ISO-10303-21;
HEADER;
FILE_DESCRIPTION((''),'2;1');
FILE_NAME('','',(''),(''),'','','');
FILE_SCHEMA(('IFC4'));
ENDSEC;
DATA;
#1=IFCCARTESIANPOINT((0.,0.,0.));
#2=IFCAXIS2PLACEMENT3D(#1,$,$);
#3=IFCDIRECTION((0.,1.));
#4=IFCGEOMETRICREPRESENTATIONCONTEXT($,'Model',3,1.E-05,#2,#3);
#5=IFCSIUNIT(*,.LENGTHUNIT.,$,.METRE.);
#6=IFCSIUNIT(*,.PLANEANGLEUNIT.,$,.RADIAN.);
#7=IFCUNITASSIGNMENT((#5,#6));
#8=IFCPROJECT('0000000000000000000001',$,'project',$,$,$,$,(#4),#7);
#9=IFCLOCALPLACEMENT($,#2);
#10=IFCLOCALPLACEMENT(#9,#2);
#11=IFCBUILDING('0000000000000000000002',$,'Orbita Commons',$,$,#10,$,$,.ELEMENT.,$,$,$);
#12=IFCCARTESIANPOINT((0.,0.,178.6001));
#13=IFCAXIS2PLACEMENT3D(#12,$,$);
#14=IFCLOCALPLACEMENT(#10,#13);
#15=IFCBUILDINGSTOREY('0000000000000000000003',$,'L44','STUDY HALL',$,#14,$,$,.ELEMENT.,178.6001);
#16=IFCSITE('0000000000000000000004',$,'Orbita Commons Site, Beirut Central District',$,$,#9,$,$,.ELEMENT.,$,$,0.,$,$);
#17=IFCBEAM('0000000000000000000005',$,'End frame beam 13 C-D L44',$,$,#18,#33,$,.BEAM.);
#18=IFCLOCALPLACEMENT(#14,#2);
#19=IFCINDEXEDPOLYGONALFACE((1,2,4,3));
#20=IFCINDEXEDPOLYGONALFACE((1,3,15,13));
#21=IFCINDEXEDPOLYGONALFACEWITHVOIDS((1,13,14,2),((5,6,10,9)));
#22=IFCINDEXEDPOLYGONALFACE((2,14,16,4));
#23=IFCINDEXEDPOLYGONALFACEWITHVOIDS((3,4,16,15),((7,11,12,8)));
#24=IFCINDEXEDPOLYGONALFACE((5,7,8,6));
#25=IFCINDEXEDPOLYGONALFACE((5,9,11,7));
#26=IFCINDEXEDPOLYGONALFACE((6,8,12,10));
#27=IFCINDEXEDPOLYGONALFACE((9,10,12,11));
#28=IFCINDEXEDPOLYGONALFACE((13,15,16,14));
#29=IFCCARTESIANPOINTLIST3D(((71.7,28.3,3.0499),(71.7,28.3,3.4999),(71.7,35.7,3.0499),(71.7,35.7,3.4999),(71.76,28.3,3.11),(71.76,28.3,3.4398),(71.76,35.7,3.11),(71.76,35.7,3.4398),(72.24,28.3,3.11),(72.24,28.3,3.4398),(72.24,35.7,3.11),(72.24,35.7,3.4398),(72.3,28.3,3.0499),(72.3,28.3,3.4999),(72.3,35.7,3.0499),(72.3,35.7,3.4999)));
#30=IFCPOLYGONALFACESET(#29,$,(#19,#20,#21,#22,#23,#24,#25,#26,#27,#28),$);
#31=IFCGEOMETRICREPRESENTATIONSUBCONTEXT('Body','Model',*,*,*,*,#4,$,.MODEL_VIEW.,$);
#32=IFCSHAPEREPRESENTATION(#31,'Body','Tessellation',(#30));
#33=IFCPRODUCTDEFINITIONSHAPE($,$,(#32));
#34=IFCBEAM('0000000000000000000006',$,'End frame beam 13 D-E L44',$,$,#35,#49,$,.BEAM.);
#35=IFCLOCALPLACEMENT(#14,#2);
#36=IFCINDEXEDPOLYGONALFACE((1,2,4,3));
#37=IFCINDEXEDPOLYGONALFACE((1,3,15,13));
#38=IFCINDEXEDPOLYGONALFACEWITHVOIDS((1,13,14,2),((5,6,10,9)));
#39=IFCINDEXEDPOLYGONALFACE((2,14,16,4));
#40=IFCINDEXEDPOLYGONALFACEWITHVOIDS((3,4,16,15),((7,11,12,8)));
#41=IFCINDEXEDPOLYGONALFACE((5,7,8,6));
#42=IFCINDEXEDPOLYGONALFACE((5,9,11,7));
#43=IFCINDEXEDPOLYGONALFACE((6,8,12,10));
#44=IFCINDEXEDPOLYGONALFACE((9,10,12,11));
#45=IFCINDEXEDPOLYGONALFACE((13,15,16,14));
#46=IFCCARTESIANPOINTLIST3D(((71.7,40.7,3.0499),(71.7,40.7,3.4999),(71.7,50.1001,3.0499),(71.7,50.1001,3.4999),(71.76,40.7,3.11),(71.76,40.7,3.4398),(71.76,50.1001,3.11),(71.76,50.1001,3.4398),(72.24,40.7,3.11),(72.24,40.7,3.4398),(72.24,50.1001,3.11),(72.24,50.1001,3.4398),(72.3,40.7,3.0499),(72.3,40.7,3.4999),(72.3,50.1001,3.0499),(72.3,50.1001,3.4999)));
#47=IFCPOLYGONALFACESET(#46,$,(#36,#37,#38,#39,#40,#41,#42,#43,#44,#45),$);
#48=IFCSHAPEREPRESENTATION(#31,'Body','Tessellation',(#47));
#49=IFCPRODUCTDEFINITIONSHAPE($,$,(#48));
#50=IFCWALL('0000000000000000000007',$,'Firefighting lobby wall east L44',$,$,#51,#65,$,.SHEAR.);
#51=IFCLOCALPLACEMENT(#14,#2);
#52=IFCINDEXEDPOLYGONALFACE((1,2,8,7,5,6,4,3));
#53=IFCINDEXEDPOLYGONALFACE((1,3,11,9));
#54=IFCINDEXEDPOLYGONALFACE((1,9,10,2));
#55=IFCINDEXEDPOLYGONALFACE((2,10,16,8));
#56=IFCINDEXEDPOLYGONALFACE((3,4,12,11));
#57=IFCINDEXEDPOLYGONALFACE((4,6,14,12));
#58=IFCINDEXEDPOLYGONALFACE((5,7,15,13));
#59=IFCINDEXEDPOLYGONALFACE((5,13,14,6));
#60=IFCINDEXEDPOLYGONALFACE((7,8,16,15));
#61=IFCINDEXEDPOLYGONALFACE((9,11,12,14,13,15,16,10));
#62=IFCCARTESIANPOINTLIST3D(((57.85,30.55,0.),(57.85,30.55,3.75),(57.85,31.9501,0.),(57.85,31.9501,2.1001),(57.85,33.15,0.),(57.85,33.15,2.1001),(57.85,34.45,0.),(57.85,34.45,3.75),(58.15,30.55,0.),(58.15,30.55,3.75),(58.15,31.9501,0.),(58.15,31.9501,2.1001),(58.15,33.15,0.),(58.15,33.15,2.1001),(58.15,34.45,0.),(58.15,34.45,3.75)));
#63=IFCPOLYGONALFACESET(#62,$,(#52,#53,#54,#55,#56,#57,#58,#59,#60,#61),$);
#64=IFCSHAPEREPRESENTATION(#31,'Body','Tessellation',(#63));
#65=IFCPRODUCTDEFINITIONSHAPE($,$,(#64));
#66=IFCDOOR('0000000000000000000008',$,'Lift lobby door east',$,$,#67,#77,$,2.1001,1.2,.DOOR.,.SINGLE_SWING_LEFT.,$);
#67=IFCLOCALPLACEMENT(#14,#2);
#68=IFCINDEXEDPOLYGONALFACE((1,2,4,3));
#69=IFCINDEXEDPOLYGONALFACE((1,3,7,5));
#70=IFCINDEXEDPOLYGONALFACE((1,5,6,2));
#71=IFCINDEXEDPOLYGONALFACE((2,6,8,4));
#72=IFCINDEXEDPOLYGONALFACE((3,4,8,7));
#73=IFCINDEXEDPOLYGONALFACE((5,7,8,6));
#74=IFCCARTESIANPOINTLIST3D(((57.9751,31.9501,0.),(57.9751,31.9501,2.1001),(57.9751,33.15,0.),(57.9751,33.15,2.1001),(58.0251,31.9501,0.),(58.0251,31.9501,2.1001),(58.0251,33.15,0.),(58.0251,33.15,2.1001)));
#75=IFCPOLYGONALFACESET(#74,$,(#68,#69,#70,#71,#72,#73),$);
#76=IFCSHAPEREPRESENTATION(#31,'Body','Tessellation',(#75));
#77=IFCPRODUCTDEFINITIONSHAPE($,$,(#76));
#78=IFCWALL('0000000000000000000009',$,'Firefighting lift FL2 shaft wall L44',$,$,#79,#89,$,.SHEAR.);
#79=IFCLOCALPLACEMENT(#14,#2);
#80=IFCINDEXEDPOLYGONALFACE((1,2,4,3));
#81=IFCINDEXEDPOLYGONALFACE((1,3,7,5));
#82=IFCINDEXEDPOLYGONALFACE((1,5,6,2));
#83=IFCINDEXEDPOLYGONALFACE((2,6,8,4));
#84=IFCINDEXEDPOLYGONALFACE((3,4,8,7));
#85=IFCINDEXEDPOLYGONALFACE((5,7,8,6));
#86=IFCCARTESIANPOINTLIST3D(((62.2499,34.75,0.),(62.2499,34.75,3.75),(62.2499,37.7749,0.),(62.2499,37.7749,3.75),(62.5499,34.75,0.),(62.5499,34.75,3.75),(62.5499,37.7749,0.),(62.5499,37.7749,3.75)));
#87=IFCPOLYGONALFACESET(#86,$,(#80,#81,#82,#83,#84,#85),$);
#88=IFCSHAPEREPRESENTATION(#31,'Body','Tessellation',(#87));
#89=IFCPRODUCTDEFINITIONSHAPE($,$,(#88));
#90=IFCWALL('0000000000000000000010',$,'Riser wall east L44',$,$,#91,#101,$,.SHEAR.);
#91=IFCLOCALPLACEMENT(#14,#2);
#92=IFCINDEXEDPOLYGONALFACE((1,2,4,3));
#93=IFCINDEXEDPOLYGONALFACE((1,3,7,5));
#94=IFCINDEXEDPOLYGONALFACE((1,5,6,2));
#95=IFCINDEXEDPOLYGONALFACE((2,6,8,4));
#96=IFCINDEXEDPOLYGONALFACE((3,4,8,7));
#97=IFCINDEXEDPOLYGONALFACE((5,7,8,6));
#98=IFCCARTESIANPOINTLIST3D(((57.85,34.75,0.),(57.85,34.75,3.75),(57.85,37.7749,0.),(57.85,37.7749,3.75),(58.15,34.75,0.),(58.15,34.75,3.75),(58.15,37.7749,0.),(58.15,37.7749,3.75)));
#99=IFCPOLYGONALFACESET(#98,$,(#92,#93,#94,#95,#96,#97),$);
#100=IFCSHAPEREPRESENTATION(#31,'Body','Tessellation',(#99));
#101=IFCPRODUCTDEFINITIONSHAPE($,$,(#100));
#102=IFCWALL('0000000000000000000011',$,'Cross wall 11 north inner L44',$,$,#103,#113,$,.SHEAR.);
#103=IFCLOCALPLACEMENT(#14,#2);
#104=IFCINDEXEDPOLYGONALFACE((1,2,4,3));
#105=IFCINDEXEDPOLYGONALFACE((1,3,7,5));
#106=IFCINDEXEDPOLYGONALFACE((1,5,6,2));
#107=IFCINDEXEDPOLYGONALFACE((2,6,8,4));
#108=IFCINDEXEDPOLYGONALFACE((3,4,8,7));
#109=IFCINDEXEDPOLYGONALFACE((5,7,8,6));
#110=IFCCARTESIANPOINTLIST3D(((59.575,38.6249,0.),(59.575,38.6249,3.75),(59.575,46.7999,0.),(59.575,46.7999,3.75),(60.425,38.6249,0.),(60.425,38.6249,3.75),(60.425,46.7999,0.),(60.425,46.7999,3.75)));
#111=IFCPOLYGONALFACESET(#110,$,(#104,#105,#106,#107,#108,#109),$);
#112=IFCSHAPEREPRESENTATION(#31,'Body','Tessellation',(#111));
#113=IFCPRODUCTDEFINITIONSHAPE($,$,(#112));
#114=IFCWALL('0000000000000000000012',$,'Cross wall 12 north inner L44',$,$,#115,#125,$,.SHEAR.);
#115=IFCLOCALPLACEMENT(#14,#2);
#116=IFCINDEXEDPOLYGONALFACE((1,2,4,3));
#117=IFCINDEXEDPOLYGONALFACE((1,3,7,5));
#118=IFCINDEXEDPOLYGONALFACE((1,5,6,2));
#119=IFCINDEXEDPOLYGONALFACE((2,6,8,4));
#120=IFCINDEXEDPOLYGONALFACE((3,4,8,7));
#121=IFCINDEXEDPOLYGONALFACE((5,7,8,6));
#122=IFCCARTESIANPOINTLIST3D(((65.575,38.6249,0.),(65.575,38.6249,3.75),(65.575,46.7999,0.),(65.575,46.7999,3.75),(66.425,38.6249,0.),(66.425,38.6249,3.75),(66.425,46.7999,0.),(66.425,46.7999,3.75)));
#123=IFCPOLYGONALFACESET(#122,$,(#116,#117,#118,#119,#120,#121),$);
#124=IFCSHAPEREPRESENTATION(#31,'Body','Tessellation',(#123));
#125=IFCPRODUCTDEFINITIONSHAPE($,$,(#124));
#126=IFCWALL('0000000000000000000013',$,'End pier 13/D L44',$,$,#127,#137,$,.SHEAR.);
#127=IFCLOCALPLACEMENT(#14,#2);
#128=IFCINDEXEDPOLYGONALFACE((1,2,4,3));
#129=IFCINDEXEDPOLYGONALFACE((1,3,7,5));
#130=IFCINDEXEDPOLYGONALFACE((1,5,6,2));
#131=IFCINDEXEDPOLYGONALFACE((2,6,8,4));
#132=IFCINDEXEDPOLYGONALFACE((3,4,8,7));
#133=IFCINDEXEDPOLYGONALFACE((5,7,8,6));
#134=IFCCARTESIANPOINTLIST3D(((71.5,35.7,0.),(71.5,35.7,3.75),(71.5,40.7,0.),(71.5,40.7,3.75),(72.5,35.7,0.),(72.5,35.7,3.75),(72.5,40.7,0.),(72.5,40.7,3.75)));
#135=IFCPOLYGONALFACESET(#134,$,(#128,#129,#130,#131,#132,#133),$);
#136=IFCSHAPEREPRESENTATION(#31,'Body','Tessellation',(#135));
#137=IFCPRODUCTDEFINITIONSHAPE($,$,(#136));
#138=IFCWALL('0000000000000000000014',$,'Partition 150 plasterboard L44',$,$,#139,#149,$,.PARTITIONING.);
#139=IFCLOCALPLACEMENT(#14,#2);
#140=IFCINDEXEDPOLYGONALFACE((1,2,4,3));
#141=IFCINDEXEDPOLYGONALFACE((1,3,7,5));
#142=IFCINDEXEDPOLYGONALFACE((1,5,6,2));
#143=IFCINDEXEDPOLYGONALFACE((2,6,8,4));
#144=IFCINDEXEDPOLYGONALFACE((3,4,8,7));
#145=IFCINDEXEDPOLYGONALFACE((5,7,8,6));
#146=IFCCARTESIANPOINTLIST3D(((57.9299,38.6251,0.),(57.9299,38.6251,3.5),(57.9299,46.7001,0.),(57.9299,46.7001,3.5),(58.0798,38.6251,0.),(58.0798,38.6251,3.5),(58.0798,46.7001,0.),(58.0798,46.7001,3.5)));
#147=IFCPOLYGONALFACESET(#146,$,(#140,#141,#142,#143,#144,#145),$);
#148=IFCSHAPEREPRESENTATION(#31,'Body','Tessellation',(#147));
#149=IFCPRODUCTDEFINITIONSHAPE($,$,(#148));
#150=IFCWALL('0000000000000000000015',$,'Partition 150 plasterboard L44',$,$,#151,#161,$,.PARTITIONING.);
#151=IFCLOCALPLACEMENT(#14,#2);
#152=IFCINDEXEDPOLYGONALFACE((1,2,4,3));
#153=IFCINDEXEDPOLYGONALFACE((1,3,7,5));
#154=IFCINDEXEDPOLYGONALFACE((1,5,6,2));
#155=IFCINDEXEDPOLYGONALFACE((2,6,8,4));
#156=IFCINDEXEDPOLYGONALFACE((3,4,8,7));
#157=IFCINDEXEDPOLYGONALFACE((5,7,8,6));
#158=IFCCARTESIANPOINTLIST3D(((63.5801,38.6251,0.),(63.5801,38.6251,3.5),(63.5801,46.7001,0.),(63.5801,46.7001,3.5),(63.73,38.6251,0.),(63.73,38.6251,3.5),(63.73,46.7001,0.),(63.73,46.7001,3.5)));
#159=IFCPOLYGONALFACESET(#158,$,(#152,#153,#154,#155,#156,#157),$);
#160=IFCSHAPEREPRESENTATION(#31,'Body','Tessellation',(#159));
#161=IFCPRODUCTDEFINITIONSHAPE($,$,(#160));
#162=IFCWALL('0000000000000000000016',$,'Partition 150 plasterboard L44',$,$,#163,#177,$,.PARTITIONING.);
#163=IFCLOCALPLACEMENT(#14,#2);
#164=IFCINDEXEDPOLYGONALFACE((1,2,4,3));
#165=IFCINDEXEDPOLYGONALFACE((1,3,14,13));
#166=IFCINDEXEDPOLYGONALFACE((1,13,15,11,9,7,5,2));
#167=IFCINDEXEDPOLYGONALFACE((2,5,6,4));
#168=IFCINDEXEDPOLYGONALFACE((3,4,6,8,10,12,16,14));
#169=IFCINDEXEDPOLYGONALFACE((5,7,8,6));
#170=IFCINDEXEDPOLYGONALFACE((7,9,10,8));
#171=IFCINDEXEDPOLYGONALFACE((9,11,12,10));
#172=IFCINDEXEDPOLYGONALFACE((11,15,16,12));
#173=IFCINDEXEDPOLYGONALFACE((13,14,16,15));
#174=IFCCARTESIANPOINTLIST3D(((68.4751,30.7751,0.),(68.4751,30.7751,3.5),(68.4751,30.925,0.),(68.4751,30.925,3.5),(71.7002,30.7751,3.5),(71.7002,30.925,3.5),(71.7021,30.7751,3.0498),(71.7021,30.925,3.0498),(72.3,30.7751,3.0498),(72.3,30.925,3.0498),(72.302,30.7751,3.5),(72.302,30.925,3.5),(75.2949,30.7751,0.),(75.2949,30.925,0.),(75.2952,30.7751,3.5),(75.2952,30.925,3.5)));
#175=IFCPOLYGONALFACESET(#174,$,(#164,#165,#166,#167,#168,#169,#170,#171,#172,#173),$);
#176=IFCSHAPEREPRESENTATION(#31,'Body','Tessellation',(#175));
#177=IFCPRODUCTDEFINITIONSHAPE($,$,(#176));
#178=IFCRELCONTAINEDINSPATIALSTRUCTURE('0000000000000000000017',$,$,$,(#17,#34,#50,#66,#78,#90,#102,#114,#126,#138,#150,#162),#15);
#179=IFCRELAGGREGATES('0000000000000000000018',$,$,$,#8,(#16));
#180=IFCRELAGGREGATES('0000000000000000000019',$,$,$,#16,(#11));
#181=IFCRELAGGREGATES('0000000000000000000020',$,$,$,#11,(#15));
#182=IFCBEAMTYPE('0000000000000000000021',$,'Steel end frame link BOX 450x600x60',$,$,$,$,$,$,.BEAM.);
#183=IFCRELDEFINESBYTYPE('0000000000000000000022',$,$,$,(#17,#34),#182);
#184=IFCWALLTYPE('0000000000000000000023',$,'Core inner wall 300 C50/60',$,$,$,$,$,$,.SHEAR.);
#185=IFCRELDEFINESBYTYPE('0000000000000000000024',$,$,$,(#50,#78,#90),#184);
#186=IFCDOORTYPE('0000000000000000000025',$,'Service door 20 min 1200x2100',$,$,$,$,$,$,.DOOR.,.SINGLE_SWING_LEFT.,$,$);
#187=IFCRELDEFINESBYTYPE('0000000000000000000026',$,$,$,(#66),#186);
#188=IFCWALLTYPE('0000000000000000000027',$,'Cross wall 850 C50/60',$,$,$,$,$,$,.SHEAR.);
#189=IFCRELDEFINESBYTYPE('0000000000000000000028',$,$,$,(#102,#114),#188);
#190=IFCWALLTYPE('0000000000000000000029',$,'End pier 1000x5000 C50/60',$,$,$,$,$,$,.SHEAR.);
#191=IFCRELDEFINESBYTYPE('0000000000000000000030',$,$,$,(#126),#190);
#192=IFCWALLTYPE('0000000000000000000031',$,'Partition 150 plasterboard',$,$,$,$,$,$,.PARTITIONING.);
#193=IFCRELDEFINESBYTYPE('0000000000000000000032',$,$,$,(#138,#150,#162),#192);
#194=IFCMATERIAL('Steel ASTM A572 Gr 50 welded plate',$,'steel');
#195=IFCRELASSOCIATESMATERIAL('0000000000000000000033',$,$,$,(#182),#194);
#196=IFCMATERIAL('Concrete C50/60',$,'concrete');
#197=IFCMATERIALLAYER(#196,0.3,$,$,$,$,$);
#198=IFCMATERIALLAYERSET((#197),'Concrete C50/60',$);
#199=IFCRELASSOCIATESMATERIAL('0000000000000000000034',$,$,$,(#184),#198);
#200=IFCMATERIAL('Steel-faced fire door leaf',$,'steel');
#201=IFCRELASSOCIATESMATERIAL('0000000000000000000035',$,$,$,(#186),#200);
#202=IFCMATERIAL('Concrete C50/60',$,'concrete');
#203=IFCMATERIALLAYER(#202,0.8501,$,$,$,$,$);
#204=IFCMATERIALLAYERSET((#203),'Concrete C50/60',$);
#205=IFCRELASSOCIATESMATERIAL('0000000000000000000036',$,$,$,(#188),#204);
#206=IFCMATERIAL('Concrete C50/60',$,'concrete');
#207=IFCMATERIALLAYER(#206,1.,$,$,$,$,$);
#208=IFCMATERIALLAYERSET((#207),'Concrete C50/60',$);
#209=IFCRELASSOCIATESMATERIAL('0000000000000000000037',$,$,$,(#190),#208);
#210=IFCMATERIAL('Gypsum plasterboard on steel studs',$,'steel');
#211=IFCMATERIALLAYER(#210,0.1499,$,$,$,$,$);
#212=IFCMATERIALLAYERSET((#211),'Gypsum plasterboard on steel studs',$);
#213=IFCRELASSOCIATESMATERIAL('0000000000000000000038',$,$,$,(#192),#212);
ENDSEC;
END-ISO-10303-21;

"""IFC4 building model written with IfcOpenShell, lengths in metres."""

from ifc_helpers import new_model, si_unit, direction, frame, frame_2d, origin, origin_2d, place, context, subcontext, project, spatial, polyline, rectangle, hollow_rectangle, outline, extrude, material, layer, layer_set, material_profile, profile_set, type_object, element, fill, save


model = new_model("IFC4")

# Units and contexts
model_context = context("Model", 3, precision=1e-05, world=origin(), true_north=direction((0.0, 1.0)))
body_context = subcontext(model_context, "Body", "Model", "MODEL_VIEW")
ifc_project = project(units=[si_unit("LENGTHUNIT", "METRE"), si_unit("PLANEANGLEUNIT", "RADIAN")], contexts=[model_context])

# Site, building, storey
site_placement = place(None, origin())
site = spatial("IfcSite", under=ifc_project, at=site_placement, Name="Orbita Commons Site, Beirut Central District", CompositionType="ELEMENT", RefElevation=0.0)
building_placement = place(site_placement, origin())
building = spatial("IfcBuilding", under=site, at=building_placement, Name="Orbita Commons", CompositionType="ELEMENT")
storey_placement = place(building_placement, frame((0.0, 0.0, 178.6001)))
storey = spatial("IfcBuildingStorey", under=building, at=storey_placement, Name="L44", Description="STUDY HALL", CompositionType="ELEMENT", Elevation=178.6001)

# Beams
ifc_material_1 = material(Name="Steel ASTM A572 Gr 50 welded plate", Category="steel")
ifc_material_profile = material_profile(ifc_material_1, hollow_rectangle(XDim=0.6001, YDim=0.45, WallThickness=0.0601, at=origin_2d()), Name="BOX 450x600x60")
ifc_profile_set = profile_set([ifc_material_profile], Name="Steel ASTM A572 Gr 50 welded plate")
beam_type = type_object("IfcBeamType", Name="Steel end frame link BOX 450x600x60", PredefinedType="BEAM", material=ifc_profile_set)
beam_1_placement = place(storey_placement, frame((72.0, 28.3, 3.2749), z_axis=(0.0, 1.0, 0.0), x_axis=(-1.0, 0.0, 0.0)))
element("IfcBeam", 1, at=beam_1_placement, inside=storey, type_object=beam_type, Name="End frame beam 13 C-D L44", PredefinedType="BEAM", context=body_context, shape_type="SweptSolid", body=[
    extrude(hollow_rectangle(XDim=0.6001, YDim=0.45, WallThickness=0.0601, at=origin_2d()), origin(), (0.0, 0.0, 1.0), 7.3999),
])
beam_2_placement = place(storey_placement, frame((72.0, 40.7, 3.2749), z_axis=(0.0, 1.0, 0.0), x_axis=(-1.0, 0.0, 0.0)))
element("IfcBeam", 2, at=beam_2_placement, inside=storey, type_object=beam_type, Name="End frame beam 13 D-E L44", PredefinedType="BEAM", context=body_context, shape_type="SweptSolid", body=[
    extrude(hollow_rectangle(XDim=0.6001, YDim=0.45, WallThickness=0.0601, at=origin_2d()), origin(), (0.0, 0.0, 1.0), 9.4001),
])

# Wall, opening, door
ifc_material_2 = material(Name="Concrete C50/60", Category="concrete")
ifc_layer_1 = layer(ifc_material_2, 0.3)
ifc_layer_set_1 = layer_set([ifc_layer_1], Name="Concrete C50/60")
wall_type_1 = type_object("IfcWallType", Name="Core inner wall 300 C50/60", PredefinedType="SHEAR", material=ifc_layer_set_1)
wall_1_placement = place(storey_placement, frame((58.0, 30.55, 0.0), z_axis=(0.0, 0.0, 1.0), x_axis=(0.0, 1.0, 0.0)))
wall_1 = element("IfcWall", 3, at=wall_1_placement, inside=storey, type_object=wall_type_1, Name="Firefighting lobby wall east L44", PredefinedType="SHEAR", context=body_context, shape_type="SweptSolid", body=[
    extrude(rectangle(XDim=3.8999, YDim=0.3, at=frame_2d((1.95, 0.0))), origin(), (0.0, 0.0, 1.0), 3.75),
])
opening_placement = place(wall_1_placement, frame((1.3999, 0.0, 0.0)))
opening = element("IfcOpeningElement", 4, at=opening_placement, cuts=wall_1, PredefinedType="OPENING", context=body_context, shape_type="SweptSolid", body=[
    extrude(rectangle(XDim=1.2, YDim=2.1001, at=frame_2d((0.6001, 1.05))), frame((0.0, 0.1599, 0.0), z_axis=(0.0, -1.0, 0.0), x_axis=(1.0, 0.0, 0.0)), (0.0, 0.0, 1.0), 0.3201),
])
ifc_material_3 = material(Name="Steel-faced fire door leaf", Category="steel")
door_type = type_object("IfcDoorType", Name="Service door 20 min 1200x2100", OperationType="SINGLE_SWING_LEFT", PredefinedType="DOOR", material=ifc_material_3)
door_placement = place(opening_placement, origin())
door = element("IfcDoor", 5, at=door_placement, inside=storey, type_object=door_type, Name="Lift lobby door east", OperationType="SINGLE_SWING_LEFT", OverallHeight=2.1001, OverallWidth=1.2, PredefinedType="DOOR", context=body_context, shape_type="SweptSolid", body=[
    extrude(rectangle(XDim=1.2, YDim=2.1001, at=frame_2d((0.6001, 1.05))), frame((0.0, 0.0249, 0.0), z_axis=(0.0, -1.0, 0.0), x_axis=(1.0, 0.0, 0.0)), (0.0, 0.0, 1.0), 0.05),
])
fill(opening, door)

# Walls
for number, where, z_axis, x_axis, name in (
    (6, (62.3999, 34.75, 0.0), (0.0, 0.0, 1.0), (0.0, 1.0, 0.0), "Firefighting lift FL2 shaft wall L44"),
    (7, (58.0, 34.75, 0.0), (0.0, 0.0, 1.0), (0.0, 1.0, 0.0), "Riser wall east L44"),
):
    element("IfcWall", number, at=place(storey_placement, frame(where, z_axis=z_axis, x_axis=x_axis)), inside=storey, type_object=wall_type_1, Name=name, PredefinedType="SHEAR", context=body_context, shape_type="SweptSolid", body=[
        extrude(rectangle(XDim=3.0249, YDim=0.3, at=frame_2d((1.5125, 0.0))), origin(), (0.0, 0.0, 1.0), 3.75),
    ])
ifc_material_4 = material(Name="Concrete C50/60", Category="concrete")
ifc_layer_2 = layer(ifc_material_4, 0.8501)
ifc_layer_set_2 = layer_set([ifc_layer_2], Name="Concrete C50/60")
wall_type_2 = type_object("IfcWallType", Name="Cross wall 850 C50/60", PredefinedType="SHEAR", material=ifc_layer_set_2)
for number, where, z_axis, x_axis, name in (
    (8, (60.0, 38.625, 0.0), (0.0, 0.0, 1.0), (0.0, 1.0, 0.0), "Cross wall 11 north inner L44"),
    (9, (66.0, 38.625, 0.0), (0.0, 0.0, 1.0), (0.0, 1.0, 0.0), "Cross wall 12 north inner L44"),
):
    element("IfcWall", number, at=place(storey_placement, frame(where, z_axis=z_axis, x_axis=x_axis)), inside=storey, type_object=wall_type_2, Name=name, PredefinedType="SHEAR", context=body_context, shape_type="SweptSolid", body=[
        extrude(rectangle(XDim=8.175, YDim=0.8501, at=frame_2d((4.0874, 0.0))), origin(), (0.0, 0.0, 1.0), 3.75),
    ])
ifc_material_5 = material(Name="Concrete C50/60", Category="concrete")
ifc_layer_3 = layer(ifc_material_5, 1.0)
ifc_layer_set_3 = layer_set([ifc_layer_3], Name="Concrete C50/60")
wall_type_3 = type_object("IfcWallType", Name="End pier 1000x5000 C50/60", PredefinedType="SHEAR", material=ifc_layer_set_3)
wall_2_placement = place(storey_placement, frame((72.0, 35.7, 0.0), z_axis=(0.0, 0.0, 1.0), x_axis=(0.0, 1.0, 0.0)))
element("IfcWall", 10, at=wall_2_placement, inside=storey, type_object=wall_type_3, Name="End pier 13/D L44", PredefinedType="SHEAR", context=body_context, shape_type="SweptSolid", body=[
    extrude(rectangle(XDim=5.0, YDim=1.0, at=frame_2d((2.5, 0.0))), origin(), (0.0, 0.0, 1.0), 3.75),
])
ifc_material_6 = material(Name="Gypsum plasterboard on steel studs", Category="steel")
ifc_layer_4 = layer(ifc_material_6, 0.1499)
ifc_layer_set_4 = layer_set([ifc_layer_4], Name="Gypsum plasterboard on steel studs")
wall_type_4 = type_object("IfcWallType", Name="Partition 150 plasterboard", PredefinedType="PARTITIONING", material=ifc_layer_set_4)
for number, where, z_axis, x_axis, name in (
    (11, (58.0049, 38.625, 0.0), (0.0, 0.0, 1.0), (0.0, 1.0, 0.0), "Partition 150 plasterboard L44"),
    (12, (63.655, 38.625, 0.0), (0.0, 0.0, 1.0), (0.0, 1.0, 0.0), "Partition 150 plasterboard L44"),
):
    element("IfcWall", number, at=place(storey_placement, frame(where, z_axis=z_axis, x_axis=x_axis)), inside=storey, type_object=wall_type_4, Name=name, PredefinedType="PARTITIONING", context=body_context, shape_type="SweptSolid", body=[
        extrude(rectangle(XDim=8.075, YDim=0.1499, at=frame_2d((4.0376, 0.0))), origin(), (0.0, 0.0, 1.0), 3.5),
    ])
wall_3_placement = place(storey_placement, frame((68.4751, 30.8501, 0.0), z_axis=(0.0, 0.0, 1.0), x_axis=(1.0, 0.0, 0.0)))
element("IfcWall", 13, at=wall_3_placement, inside=storey, type_object=wall_type_4, Name="Partition 150 plasterboard L44", PredefinedType="PARTITIONING", context=body_context, shape_type="SweptSolid", body=[
    extrude(outline(polyline([(0.0, 0.0), (6.8198, 0.0), (6.8201, 3.5), (3.8269, 3.5), (3.825, 3.0498), (3.2271, 3.0498), (3.2251, 3.5), (0.0, 3.5), (0.0, 0.0)])), frame((0.0, 0.075, 0.0), z_axis=(0.0, -1.0, 0.0), x_axis=(1.0, 0.0, 0.0)), (0.0, 0.0, 1.0), 0.1499),
])

save(model, "model.ifc")
